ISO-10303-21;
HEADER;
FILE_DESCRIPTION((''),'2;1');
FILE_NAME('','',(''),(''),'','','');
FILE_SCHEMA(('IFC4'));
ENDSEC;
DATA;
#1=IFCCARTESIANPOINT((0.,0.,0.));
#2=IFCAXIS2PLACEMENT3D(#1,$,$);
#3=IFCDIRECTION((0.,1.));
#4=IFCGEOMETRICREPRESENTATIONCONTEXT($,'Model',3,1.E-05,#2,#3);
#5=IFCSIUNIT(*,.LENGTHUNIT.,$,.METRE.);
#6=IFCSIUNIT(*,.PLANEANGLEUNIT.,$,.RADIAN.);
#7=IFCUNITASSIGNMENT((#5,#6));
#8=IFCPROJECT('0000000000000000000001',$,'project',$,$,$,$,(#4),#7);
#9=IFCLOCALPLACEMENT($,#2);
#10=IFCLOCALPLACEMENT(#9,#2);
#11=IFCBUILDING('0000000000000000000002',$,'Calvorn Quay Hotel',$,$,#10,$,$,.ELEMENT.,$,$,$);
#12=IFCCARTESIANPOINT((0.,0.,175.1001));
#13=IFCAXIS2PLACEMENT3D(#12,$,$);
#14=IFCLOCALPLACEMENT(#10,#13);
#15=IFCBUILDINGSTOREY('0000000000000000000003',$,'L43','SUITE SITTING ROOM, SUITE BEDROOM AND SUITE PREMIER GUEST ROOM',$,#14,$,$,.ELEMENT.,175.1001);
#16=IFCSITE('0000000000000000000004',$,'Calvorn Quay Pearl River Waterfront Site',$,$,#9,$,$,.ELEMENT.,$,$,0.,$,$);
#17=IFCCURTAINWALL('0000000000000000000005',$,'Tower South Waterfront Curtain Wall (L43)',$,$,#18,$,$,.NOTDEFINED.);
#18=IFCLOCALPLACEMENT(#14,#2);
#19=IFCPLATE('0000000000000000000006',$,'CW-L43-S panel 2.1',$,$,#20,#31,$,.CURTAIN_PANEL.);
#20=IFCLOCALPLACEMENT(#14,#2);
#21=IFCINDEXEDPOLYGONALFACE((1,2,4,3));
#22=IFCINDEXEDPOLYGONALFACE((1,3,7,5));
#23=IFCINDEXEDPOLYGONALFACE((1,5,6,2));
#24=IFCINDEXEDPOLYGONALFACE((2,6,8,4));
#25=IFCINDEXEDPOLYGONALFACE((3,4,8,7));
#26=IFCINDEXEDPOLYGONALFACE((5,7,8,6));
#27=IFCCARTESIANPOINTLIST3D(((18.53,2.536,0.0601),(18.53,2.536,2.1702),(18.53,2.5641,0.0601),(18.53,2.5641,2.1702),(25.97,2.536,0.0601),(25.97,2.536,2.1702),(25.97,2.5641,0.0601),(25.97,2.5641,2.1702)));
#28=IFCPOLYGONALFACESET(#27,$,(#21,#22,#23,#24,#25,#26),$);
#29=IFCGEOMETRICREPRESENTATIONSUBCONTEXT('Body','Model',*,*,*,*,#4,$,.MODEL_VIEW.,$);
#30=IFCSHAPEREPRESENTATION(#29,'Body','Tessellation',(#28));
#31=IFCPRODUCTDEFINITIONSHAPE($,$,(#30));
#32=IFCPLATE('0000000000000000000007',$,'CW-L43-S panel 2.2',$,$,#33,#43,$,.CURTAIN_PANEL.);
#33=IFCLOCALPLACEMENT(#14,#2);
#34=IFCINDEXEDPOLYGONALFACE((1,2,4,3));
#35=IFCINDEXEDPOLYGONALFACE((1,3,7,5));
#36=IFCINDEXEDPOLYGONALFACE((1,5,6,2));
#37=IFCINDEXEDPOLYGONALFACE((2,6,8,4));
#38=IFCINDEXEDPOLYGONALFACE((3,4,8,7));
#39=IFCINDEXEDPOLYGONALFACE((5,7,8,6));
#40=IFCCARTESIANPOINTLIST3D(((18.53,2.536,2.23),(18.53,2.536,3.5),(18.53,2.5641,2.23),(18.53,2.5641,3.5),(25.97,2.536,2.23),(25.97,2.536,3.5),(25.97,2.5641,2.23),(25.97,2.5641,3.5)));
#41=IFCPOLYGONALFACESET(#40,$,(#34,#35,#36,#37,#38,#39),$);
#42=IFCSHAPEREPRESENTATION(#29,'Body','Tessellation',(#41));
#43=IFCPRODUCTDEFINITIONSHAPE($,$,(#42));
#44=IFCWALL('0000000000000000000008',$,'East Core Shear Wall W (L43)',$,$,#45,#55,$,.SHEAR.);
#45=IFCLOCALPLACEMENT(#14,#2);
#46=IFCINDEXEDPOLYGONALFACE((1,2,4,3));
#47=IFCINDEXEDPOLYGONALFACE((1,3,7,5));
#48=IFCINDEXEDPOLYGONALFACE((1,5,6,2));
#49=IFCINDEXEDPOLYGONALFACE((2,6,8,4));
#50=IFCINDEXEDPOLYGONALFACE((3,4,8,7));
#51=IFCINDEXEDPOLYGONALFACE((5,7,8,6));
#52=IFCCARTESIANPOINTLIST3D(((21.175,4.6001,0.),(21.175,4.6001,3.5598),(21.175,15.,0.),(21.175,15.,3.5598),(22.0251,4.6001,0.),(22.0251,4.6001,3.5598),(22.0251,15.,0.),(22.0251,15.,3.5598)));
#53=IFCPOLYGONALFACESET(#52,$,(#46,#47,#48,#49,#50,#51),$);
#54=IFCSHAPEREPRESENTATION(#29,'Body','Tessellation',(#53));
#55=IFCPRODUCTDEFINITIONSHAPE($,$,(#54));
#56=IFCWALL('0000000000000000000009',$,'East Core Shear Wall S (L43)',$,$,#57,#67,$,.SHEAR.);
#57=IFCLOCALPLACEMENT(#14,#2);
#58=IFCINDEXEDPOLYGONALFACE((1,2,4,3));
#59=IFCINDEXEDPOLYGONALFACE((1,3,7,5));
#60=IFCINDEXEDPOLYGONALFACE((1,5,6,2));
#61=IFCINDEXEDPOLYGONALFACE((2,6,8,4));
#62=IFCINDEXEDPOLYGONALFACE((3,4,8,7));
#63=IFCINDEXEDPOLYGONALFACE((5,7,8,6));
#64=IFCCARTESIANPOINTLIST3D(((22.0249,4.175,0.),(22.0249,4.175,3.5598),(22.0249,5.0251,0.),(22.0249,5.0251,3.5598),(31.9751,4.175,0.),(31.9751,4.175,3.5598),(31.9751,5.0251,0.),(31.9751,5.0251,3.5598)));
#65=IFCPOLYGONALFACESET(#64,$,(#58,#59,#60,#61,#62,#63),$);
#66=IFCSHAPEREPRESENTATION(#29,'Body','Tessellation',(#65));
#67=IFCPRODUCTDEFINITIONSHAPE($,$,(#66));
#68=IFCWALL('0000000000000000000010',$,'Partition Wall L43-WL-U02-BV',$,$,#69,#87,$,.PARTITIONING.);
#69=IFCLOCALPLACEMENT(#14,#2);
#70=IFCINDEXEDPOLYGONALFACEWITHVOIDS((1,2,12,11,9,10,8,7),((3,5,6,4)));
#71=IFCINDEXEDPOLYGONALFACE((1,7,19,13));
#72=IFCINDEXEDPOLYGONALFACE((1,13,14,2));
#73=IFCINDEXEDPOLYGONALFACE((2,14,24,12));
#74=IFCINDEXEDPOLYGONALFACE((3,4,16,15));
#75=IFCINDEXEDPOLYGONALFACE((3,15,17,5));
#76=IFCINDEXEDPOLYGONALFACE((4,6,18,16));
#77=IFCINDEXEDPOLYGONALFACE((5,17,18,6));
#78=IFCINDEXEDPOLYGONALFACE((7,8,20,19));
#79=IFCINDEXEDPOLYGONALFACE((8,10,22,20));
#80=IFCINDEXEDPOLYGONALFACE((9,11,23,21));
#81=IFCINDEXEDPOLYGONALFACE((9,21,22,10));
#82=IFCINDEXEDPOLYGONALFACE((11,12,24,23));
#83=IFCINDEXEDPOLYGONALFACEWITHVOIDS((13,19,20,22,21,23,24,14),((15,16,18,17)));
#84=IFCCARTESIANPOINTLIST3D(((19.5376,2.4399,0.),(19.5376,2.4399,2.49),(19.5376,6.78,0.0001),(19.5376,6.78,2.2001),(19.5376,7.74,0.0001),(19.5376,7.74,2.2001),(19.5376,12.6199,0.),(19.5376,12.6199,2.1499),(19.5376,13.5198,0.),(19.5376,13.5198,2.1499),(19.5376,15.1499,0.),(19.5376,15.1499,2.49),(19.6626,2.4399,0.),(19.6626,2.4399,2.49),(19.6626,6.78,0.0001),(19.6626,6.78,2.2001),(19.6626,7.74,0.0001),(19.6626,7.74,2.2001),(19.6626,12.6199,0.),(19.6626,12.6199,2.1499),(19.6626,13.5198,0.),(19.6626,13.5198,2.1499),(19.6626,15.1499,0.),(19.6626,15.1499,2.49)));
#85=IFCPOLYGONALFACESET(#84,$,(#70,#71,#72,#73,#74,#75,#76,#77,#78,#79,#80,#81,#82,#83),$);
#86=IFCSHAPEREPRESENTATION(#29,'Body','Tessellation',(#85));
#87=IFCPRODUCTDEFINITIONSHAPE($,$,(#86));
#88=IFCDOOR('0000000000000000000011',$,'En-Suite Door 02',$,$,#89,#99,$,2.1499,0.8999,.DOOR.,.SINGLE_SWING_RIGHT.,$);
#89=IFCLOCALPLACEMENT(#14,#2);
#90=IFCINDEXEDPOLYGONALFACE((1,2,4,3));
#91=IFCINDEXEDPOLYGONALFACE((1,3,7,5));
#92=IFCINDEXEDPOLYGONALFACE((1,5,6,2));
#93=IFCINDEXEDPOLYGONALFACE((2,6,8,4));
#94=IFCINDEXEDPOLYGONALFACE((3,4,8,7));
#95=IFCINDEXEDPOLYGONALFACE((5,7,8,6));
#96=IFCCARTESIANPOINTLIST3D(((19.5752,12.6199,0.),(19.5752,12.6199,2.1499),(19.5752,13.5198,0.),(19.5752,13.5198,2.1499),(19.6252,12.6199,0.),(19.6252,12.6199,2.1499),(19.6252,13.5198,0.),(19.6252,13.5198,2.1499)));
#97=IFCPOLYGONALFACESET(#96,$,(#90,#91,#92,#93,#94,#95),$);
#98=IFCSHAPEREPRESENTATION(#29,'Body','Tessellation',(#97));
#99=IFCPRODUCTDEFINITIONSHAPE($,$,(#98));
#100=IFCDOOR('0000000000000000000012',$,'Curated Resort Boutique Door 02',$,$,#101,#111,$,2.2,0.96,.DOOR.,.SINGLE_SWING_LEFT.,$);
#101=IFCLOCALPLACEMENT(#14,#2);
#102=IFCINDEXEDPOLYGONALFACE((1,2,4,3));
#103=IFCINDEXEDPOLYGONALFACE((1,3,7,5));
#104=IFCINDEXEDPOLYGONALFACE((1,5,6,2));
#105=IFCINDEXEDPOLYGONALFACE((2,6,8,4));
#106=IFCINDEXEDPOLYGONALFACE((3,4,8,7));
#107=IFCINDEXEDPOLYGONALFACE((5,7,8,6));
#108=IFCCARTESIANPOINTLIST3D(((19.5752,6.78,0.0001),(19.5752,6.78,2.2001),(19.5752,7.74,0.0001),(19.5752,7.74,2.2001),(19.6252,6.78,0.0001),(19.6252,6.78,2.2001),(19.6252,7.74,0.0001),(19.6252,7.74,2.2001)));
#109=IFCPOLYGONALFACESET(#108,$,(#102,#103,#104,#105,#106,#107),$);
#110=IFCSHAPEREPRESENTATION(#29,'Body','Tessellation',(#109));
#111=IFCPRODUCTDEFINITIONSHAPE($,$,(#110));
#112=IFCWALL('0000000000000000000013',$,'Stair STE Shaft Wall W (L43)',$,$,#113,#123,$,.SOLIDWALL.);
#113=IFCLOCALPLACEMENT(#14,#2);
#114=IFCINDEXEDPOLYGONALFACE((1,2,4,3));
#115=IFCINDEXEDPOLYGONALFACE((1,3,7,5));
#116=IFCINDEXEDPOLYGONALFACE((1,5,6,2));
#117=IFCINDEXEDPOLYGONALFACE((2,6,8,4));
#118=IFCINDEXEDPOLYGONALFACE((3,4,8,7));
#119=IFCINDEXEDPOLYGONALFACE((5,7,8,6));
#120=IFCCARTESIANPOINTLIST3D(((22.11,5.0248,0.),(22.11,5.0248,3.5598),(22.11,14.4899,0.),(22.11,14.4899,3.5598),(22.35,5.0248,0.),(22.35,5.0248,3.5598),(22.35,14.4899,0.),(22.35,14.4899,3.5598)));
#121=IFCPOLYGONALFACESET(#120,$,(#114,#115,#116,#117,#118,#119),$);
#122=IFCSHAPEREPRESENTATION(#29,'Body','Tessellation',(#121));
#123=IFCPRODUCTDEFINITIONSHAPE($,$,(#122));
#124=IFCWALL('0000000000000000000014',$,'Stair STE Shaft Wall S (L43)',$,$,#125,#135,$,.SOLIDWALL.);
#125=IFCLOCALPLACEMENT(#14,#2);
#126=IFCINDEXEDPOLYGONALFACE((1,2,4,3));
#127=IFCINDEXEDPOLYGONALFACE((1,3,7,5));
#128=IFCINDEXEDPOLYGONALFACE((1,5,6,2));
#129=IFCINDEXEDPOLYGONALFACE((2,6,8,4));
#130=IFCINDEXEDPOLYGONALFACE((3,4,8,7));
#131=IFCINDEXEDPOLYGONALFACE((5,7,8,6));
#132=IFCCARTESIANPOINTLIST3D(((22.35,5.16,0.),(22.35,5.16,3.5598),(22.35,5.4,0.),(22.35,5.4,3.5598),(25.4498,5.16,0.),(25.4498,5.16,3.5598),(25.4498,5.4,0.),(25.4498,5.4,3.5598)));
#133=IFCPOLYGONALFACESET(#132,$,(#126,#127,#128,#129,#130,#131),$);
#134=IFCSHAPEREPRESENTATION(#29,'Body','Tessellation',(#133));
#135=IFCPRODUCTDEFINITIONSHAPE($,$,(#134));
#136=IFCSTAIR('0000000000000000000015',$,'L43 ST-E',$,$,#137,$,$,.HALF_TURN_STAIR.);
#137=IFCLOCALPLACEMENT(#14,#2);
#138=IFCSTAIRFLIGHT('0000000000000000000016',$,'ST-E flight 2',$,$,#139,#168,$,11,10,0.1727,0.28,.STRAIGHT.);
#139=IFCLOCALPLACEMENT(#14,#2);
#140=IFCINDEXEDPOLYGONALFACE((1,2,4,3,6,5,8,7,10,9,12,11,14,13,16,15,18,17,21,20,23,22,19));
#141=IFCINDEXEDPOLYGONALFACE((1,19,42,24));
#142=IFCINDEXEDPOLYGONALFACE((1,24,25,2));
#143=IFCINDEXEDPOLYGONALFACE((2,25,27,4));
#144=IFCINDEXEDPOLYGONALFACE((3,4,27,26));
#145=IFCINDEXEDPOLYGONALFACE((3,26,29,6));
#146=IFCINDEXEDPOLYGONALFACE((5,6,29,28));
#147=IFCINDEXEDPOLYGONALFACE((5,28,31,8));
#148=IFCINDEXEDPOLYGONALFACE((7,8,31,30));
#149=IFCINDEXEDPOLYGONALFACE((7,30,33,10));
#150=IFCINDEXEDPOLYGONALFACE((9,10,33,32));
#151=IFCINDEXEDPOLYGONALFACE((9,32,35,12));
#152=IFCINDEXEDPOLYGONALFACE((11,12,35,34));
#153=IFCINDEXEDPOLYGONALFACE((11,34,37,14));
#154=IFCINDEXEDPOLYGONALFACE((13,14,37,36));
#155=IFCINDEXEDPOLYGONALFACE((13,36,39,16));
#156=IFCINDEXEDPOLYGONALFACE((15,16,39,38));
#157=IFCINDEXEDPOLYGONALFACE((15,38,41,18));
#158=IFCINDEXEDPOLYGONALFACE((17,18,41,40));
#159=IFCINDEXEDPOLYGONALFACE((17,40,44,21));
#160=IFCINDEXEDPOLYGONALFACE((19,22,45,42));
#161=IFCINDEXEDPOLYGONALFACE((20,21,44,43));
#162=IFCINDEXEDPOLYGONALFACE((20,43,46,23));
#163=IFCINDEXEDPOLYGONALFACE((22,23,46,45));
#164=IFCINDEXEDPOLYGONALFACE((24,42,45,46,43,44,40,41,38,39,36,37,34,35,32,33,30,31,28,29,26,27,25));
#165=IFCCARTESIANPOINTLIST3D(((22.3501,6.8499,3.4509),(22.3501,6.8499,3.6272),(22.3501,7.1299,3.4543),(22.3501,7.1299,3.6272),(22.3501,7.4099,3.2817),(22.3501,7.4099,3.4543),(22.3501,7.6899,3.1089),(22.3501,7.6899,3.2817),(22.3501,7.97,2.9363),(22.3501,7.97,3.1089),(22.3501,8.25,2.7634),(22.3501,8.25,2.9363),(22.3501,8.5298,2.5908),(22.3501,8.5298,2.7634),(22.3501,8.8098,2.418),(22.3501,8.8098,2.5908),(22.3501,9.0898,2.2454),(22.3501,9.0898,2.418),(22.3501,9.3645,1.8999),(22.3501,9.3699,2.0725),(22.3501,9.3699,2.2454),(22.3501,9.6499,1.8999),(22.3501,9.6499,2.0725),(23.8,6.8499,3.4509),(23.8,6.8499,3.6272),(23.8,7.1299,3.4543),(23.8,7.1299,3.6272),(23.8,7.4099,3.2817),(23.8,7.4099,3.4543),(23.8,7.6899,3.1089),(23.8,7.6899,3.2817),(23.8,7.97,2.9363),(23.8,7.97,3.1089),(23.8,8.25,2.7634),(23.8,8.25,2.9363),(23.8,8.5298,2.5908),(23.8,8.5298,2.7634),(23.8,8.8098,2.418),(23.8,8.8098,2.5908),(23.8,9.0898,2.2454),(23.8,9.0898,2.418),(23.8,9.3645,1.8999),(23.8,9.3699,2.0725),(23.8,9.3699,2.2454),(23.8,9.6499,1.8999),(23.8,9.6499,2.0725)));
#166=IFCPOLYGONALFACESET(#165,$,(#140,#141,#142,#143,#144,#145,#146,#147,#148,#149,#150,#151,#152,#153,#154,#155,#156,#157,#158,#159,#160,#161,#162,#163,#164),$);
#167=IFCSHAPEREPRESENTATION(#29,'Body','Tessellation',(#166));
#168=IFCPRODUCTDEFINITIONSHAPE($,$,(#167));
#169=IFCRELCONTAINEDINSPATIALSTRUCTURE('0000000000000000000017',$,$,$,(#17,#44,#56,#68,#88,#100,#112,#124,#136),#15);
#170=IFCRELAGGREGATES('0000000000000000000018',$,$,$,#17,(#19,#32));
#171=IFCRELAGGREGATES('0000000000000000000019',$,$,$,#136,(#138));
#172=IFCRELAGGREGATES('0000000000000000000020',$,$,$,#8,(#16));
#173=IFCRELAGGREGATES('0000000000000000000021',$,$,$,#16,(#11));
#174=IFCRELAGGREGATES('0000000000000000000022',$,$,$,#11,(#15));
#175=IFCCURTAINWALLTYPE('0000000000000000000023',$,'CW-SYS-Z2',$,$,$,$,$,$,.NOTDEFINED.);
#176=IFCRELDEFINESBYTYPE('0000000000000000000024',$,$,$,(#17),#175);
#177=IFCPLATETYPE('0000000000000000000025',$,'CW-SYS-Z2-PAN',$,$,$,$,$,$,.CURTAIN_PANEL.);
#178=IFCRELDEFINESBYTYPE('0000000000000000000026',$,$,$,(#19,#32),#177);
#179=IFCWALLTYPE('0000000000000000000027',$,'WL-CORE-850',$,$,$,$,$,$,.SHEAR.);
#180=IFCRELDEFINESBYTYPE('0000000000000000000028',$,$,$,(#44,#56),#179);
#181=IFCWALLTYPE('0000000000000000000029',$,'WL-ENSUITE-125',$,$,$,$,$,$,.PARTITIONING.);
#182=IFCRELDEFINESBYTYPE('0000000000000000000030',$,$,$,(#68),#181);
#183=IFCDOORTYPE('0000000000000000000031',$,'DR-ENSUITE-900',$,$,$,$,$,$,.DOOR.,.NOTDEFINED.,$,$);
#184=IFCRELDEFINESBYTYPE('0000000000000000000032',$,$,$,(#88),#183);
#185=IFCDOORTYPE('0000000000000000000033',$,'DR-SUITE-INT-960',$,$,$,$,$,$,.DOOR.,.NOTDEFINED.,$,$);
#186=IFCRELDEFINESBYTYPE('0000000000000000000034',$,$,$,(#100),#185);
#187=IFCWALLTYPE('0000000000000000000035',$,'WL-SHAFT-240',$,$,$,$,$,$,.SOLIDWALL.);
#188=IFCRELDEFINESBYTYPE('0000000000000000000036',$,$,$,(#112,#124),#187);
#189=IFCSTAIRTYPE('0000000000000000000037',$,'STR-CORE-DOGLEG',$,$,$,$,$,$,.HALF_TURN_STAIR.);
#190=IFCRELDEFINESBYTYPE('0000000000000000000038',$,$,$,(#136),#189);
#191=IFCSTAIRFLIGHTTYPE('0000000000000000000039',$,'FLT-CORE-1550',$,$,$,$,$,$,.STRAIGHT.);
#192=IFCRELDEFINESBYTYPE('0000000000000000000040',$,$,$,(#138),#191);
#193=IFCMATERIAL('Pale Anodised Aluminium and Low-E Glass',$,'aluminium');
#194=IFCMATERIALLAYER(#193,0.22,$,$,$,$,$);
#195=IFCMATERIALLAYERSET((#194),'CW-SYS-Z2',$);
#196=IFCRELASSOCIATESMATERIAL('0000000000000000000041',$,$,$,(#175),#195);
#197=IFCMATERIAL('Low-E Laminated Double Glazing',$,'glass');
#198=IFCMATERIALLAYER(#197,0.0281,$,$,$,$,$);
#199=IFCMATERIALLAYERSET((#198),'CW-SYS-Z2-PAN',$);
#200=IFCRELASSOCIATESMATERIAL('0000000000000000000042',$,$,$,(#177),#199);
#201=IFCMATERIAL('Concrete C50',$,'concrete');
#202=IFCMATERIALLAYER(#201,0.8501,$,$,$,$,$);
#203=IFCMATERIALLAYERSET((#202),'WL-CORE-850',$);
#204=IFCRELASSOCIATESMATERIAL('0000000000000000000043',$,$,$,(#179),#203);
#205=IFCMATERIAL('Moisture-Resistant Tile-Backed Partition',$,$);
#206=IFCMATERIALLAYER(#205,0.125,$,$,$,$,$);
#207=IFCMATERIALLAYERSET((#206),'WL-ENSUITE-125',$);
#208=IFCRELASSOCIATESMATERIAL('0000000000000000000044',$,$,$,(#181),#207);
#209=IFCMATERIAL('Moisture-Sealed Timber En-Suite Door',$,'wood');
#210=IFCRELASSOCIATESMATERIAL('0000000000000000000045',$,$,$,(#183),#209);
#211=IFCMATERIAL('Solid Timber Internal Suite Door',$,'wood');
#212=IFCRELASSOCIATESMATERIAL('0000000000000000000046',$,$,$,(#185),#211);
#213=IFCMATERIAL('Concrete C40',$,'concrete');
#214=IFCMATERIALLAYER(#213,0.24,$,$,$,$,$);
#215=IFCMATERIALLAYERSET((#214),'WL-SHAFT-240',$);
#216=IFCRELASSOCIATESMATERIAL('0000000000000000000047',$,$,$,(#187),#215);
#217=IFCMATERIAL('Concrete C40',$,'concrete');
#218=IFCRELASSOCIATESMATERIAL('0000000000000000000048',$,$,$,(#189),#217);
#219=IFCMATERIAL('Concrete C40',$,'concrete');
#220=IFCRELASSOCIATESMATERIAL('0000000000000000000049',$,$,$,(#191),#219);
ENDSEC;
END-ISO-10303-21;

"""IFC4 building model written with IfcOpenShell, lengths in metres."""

from ifc_helpers import new_model, si_unit, direction, frame, frame_2d, origin, origin_2d, place, context, subcontext, project, spatial, polyline, rectangle, outline, extrude, material, layer, layer_set, type_object, element, fill, aggregate, save


model = new_model("IFC4")

# Units and contexts
model_context = context("Model", 3, precision=1e-05, world=origin(), true_north=direction((0.0, 1.0)))
body_context = subcontext(model_context, "Body", "Model", "MODEL_VIEW")
ifc_project = project(units=[si_unit("LENGTHUNIT", "METRE"), si_unit("PLANEANGLEUNIT", "RADIAN")], contexts=[model_context])

# Site, building, storey
site_placement = place(None, origin())
site = spatial("IfcSite", under=ifc_project, at=site_placement, Name="Calvorn Quay Pearl River Waterfront Site", CompositionType="ELEMENT", RefElevation=0.0)
building_placement = place(site_placement, origin())
building = spatial("IfcBuilding", under=site, at=building_placement, Name="Calvorn Quay Hotel", CompositionType="ELEMENT")
storey_placement = place(building_placement, frame((0.0, 0.0, 175.1001)))
storey = spatial("IfcBuildingStorey", under=building, at=storey_placement, Name="L43", Description="SUITE SITTING ROOM, SUITE BEDROOM AND SUITE PREMIER GUEST ROOM", CompositionType="ELEMENT", Elevation=175.1001)

# Curtain wall, plates
ifc_material_1 = material(Name="Pale Anodised Aluminium and Low-E Glass", Category="aluminium")
ifc_layer_1 = layer(ifc_material_1, 0.22)
ifc_layer_set_1 = layer_set([ifc_layer_1], Name="CW-SYS-Z2")
curtain_wall_type = type_object("IfcCurtainWallType", Name="CW-SYS-Z2", PredefinedType="NOTDEFINED", material=ifc_layer_set_1)
curtain_wall_placement = place(storey_placement, origin())
curtain_wall = element("IfcCurtainWall", 1, at=curtain_wall_placement, inside=storey, type_object=curtain_wall_type, Name="Tower South Waterfront Curtain Wall (L43)", PredefinedType="NOTDEFINED")
ifc_material_2 = material(Name="Low-E Laminated Double Glazing", Category="glass")
ifc_layer_2 = layer(ifc_material_2, 0.0281)
ifc_layer_set_2 = layer_set([ifc_layer_2], Name="CW-SYS-Z2-PAN")
plate_type = type_object("IfcPlateType", Name="CW-SYS-Z2-PAN", PredefinedType="CURTAIN_PANEL", material=ifc_layer_set_2)
plate_1_placement = place(storey_placement, frame((22.25, 2.55, 0.0601), z_axis=(0.0, 0.0, 1.0), x_axis=(1.0, 0.0, 0.0)))
plate_1 = element("IfcPlate", 2, at=plate_1_placement, type_object=plate_type, Name="CW-L43-S panel 2.1", PredefinedType="CURTAIN_PANEL", context=body_context, shape_type="SweptSolid", body=[
    extrude(rectangle(XDim=7.4399, YDim=0.0281, at=origin_2d()), origin(), (0.0, 0.0, 1.0), 2.1101),
])
plate_2_placement = place(storey_placement, frame((22.25, 2.55, 2.23), z_axis=(0.0, 0.0, 1.0), x_axis=(1.0, 0.0, 0.0)))
plate_2 = element("IfcPlate", 3, at=plate_2_placement, type_object=plate_type, Name="CW-L43-S panel 2.2", PredefinedType="CURTAIN_PANEL", context=body_context, shape_type="SweptSolid", body=[
    extrude(rectangle(XDim=7.4399, YDim=0.0281, at=origin_2d()), origin(), (0.0, 0.0, 1.0), 1.27),
])
aggregate(curtain_wall, [plate_1, plate_2])

# Walls
ifc_material_3 = material(Name="Concrete C50", Category="concrete")
ifc_layer_3 = layer(ifc_material_3, 0.8501)
ifc_layer_set_3 = layer_set([ifc_layer_3], Name="WL-CORE-850")
wall_type_1 = type_object("IfcWallType", Name="WL-CORE-850", PredefinedType="SHEAR", material=ifc_layer_set_3)
wall_1_placement = place(storey_placement, frame((21.6001, 4.6001, 0.0), z_axis=(0.0, 0.0, 1.0), x_axis=(0.0, 1.0, 0.0)))
element("IfcWall", 4, at=wall_1_placement, inside=storey, type_object=wall_type_1, Name="East Core Shear Wall W (L43)", PredefinedType="SHEAR", context=body_context, shape_type="SweptSolid", body=[
    extrude(rectangle(XDim=10.3999, YDim=0.8501, at=frame_2d((5.2, 0.0))), origin(), (0.0, 0.0, 1.0), 3.5598),
])
wall_2_placement = place(storey_placement, frame((22.0249, 4.6001, 0.0), z_axis=(0.0, 0.0, 1.0), x_axis=(1.0, 0.0, 0.0)))
element("IfcWall", 5, at=wall_2_placement, inside=storey, type_object=wall_type_1, Name="East Core Shear Wall S (L43)", PredefinedType="SHEAR", context=body_context, shape_type="SweptSolid", body=[
    extrude(rectangle(XDim=9.9502, YDim=0.8501, at=frame_2d((4.9751, 0.0))), origin(), (0.0, 0.0, 1.0), 3.5598),
])

# Wall, openings, doors
ifc_material_4 = material(Name="Moisture-Resistant Tile-Backed Partition")
ifc_layer_4 = layer(ifc_material_4, 0.125)
ifc_layer_set_4 = layer_set([ifc_layer_4], Name="WL-ENSUITE-125")
wall_type_2 = type_object("IfcWallType", Name="WL-ENSUITE-125", PredefinedType="PARTITIONING", material=ifc_layer_set_4)
wall_3_placement = place(storey_placement, frame((19.6001, 2.4399, 0.0), z_axis=(0.0, 0.0, 1.0), x_axis=(0.0, 1.0, 0.0)))
wall_3 = element("IfcWall", 6, at=wall_3_placement, inside=storey, type_object=wall_type_2, Name="Partition Wall L43-WL-U02-BV", PredefinedType="PARTITIONING", context=body_context, shape_type="SweptSolid", body=[
    extrude(rectangle(XDim=12.71, YDim=0.125, at=frame_2d((6.355, 0.0))), origin(), (0.0, 0.0, 1.0), 2.49),
])
opening_1_placement = place(wall_3_placement, frame((4.3401, 0.0, 0.0)))
opening_1 = element("IfcOpeningElement", 7, at=opening_1_placement, cuts=wall_3, PredefinedType="OPENING", context=body_context, shape_type="SweptSolid", body=[
    extrude(rectangle(XDim=0.96, YDim=2.2, at=frame_2d((0.48, 1.1001))), frame((0.0, 0.0725, 0.0), z_axis=(0.0, -1.0, 0.0), x_axis=(1.0, 0.0, 0.0)), (0.0, 0.0, 1.0), 0.145),
])
opening_2_placement = place(wall_3_placement, frame((10.1799, 0.0, 0.0)))
opening_2 = element("IfcOpeningElement", 8, at=opening_2_placement, cuts=wall_3, PredefinedType="OPENING", context=body_context, shape_type="SweptSolid", body=[
    extrude(rectangle(XDim=0.8999, YDim=2.1499, at=frame_2d((0.45, 1.075))), frame((0.0, 0.0725, 0.0), z_axis=(0.0, -1.0, 0.0), x_axis=(1.0, 0.0, 0.0)), (0.0, 0.0, 1.0), 0.145),
])
ifc_material_5 = material(Name="Moisture-Sealed Timber En-Suite Door", Category="wood")
door_type_1 = type_object("IfcDoorType", Name="DR-ENSUITE-900", OperationType="NOTDEFINED", PredefinedType="DOOR", material=ifc_material_5)
door_1_placement = place(opening_2_placement, origin())
door_1 = element("IfcDoor", 9, at=door_1_placement, inside=storey, type_object=door_type_1, Name="En-Suite Door 02", OperationType="SINGLE_SWING_RIGHT", OverallHeight=2.1499, OverallWidth=0.8999, PredefinedType="DOOR", context=body_context, shape_type="SweptSolid", body=[
    extrude(rectangle(XDim=0.8999, YDim=2.1499, at=frame_2d((0.45, 1.075))), frame((0.0, 0.0249, 0.0), z_axis=(0.0, -1.0, 0.0), x_axis=(1.0, 0.0, 0.0)), (0.0, 0.0, 1.0), 0.05),
])
fill(opening_2, door_1)
ifc_material_6 = material(Name="Solid Timber Internal Suite Door", Category="wood")
door_type_2 = type_object("IfcDoorType", Name="DR-SUITE-INT-960", OperationType="NOTDEFINED", PredefinedType="DOOR", material=ifc_material_6)
door_2_placement = place(opening_1_placement, origin())
door_2 = element("IfcDoor", 10, at=door_2_placement, inside=storey, type_object=door_type_2, Name="Curated Resort Boutique Door 02", OperationType="SINGLE_SWING_LEFT", OverallHeight=2.2, OverallWidth=0.96, PredefinedType="DOOR", context=body_context, shape_type="SweptSolid", body=[
    extrude(rectangle(XDim=0.96, YDim=2.2, at=frame_2d((0.48, 1.1001))), frame((0.0, 0.0249, 0.0), z_axis=(0.0, -1.0, 0.0), x_axis=(1.0, 0.0, 0.0)), (0.0, 0.0, 1.0), 0.05),
])
fill(opening_1, door_2)

# Walls
ifc_material_7 = material(Name="Concrete C40", Category="concrete")
ifc_layer_5 = layer(ifc_material_7, 0.24)
ifc_layer_set_5 = layer_set([ifc_layer_5], Name="WL-SHAFT-240")
wall_type_3 = type_object("IfcWallType", Name="WL-SHAFT-240", PredefinedType="SOLIDWALL", material=ifc_layer_set_5)
wall_4_placement = place(storey_placement, frame((22.23, 5.0249, 0.0), z_axis=(0.0, 0.0, 1.0), x_axis=(0.0, 1.0, 0.0)))
element("IfcWall", 11, at=wall_4_placement, inside=storey, type_object=wall_type_3, Name="Stair STE Shaft Wall W (L43)", PredefinedType="SOLIDWALL", context=body_context, shape_type="SweptSolid", body=[
    extrude(rectangle(XDim=9.4651, YDim=0.24, at=frame_2d((4.7324, 0.0))), origin(), (0.0, 0.0, 1.0), 3.5598),
])
wall_5_placement = place(storey_placement, frame((22.3501, 5.28, 0.0), z_axis=(0.0, 0.0, 1.0), x_axis=(1.0, 0.0, 0.0)))
element("IfcWall", 12, at=wall_5_placement, inside=storey, type_object=wall_type_3, Name="Stair STE Shaft Wall S (L43)", PredefinedType="SOLIDWALL", context=body_context, shape_type="SweptSolid", body=[
    extrude(rectangle(XDim=3.0999, YDim=0.24, at=frame_2d((1.5498, 0.0))), origin(), (0.0, 0.0, 1.0), 3.5598),
])

# Stair, stair flight
ifc_material_8 = material(Name="Concrete C40", Category="concrete")
stair_type = type_object("IfcStairType", Name="STR-CORE-DOGLEG", PredefinedType="HALF_TURN_STAIR", material=ifc_material_8)
stair_placement = place(storey_placement, origin())
stair = element("IfcStair", 13, at=stair_placement, inside=storey, type_object=stair_type, Name="L43 ST-E", PredefinedType="HALF_TURN_STAIR")
ifc_material_9 = material(Name="Concrete C40", Category="concrete")
stair_flight_type = type_object("IfcStairFlightType", Name="FLT-CORE-1550", PredefinedType="STRAIGHT", material=ifc_material_9)
stair_flight_placement = place(storey_placement, frame((23.075, 9.6499, 1.8999), z_axis=(0.0, 0.0, 1.0), x_axis=(0.0, -1.0, 0.0)))
stair_flight = element("IfcStairFlight", 14, at=stair_flight_placement, type_object=stair_flight_type, Name="ST-E flight 2", NumberOfRisers=11, NumberOfTreads=10, PredefinedType="STRAIGHT", RiserHeight=0.1727, TreadLength=0.28, context=body_context, shape_type="SweptSolid", body=[
    extrude(outline(polyline([(0.0, 0.0), (0.0, 0.1726), (0.28, 0.1726), (0.28, 0.3455), (0.5601, 0.3455), (0.5601, 0.5181), (0.8401, 0.5181), (0.8401, 0.6909), (1.1201, 0.6909), (1.1201, 0.8635), (1.3999, 0.8635), (1.3999, 1.0364), (1.6799, 1.0364), (1.6799, 1.209), (1.96, 1.209), (1.96, 1.3818), (2.24, 1.3818), (2.24, 1.5544), (2.52, 1.5544), (2.52, 1.7273), (2.8, 1.7273), (2.8, 1.8999), (2.8, 1.551), (0.2854, 0.0), (0.0, 0.0)])), frame((0.0, 0.7251, 0.0), z_axis=(0.0, -1.0, 0.0), x_axis=(1.0, 0.0, 0.0)), (0.0, 0.0, 1.0), 1.45),
])
aggregate(stair, [stair_flight])

save(model, "model.ifc")
